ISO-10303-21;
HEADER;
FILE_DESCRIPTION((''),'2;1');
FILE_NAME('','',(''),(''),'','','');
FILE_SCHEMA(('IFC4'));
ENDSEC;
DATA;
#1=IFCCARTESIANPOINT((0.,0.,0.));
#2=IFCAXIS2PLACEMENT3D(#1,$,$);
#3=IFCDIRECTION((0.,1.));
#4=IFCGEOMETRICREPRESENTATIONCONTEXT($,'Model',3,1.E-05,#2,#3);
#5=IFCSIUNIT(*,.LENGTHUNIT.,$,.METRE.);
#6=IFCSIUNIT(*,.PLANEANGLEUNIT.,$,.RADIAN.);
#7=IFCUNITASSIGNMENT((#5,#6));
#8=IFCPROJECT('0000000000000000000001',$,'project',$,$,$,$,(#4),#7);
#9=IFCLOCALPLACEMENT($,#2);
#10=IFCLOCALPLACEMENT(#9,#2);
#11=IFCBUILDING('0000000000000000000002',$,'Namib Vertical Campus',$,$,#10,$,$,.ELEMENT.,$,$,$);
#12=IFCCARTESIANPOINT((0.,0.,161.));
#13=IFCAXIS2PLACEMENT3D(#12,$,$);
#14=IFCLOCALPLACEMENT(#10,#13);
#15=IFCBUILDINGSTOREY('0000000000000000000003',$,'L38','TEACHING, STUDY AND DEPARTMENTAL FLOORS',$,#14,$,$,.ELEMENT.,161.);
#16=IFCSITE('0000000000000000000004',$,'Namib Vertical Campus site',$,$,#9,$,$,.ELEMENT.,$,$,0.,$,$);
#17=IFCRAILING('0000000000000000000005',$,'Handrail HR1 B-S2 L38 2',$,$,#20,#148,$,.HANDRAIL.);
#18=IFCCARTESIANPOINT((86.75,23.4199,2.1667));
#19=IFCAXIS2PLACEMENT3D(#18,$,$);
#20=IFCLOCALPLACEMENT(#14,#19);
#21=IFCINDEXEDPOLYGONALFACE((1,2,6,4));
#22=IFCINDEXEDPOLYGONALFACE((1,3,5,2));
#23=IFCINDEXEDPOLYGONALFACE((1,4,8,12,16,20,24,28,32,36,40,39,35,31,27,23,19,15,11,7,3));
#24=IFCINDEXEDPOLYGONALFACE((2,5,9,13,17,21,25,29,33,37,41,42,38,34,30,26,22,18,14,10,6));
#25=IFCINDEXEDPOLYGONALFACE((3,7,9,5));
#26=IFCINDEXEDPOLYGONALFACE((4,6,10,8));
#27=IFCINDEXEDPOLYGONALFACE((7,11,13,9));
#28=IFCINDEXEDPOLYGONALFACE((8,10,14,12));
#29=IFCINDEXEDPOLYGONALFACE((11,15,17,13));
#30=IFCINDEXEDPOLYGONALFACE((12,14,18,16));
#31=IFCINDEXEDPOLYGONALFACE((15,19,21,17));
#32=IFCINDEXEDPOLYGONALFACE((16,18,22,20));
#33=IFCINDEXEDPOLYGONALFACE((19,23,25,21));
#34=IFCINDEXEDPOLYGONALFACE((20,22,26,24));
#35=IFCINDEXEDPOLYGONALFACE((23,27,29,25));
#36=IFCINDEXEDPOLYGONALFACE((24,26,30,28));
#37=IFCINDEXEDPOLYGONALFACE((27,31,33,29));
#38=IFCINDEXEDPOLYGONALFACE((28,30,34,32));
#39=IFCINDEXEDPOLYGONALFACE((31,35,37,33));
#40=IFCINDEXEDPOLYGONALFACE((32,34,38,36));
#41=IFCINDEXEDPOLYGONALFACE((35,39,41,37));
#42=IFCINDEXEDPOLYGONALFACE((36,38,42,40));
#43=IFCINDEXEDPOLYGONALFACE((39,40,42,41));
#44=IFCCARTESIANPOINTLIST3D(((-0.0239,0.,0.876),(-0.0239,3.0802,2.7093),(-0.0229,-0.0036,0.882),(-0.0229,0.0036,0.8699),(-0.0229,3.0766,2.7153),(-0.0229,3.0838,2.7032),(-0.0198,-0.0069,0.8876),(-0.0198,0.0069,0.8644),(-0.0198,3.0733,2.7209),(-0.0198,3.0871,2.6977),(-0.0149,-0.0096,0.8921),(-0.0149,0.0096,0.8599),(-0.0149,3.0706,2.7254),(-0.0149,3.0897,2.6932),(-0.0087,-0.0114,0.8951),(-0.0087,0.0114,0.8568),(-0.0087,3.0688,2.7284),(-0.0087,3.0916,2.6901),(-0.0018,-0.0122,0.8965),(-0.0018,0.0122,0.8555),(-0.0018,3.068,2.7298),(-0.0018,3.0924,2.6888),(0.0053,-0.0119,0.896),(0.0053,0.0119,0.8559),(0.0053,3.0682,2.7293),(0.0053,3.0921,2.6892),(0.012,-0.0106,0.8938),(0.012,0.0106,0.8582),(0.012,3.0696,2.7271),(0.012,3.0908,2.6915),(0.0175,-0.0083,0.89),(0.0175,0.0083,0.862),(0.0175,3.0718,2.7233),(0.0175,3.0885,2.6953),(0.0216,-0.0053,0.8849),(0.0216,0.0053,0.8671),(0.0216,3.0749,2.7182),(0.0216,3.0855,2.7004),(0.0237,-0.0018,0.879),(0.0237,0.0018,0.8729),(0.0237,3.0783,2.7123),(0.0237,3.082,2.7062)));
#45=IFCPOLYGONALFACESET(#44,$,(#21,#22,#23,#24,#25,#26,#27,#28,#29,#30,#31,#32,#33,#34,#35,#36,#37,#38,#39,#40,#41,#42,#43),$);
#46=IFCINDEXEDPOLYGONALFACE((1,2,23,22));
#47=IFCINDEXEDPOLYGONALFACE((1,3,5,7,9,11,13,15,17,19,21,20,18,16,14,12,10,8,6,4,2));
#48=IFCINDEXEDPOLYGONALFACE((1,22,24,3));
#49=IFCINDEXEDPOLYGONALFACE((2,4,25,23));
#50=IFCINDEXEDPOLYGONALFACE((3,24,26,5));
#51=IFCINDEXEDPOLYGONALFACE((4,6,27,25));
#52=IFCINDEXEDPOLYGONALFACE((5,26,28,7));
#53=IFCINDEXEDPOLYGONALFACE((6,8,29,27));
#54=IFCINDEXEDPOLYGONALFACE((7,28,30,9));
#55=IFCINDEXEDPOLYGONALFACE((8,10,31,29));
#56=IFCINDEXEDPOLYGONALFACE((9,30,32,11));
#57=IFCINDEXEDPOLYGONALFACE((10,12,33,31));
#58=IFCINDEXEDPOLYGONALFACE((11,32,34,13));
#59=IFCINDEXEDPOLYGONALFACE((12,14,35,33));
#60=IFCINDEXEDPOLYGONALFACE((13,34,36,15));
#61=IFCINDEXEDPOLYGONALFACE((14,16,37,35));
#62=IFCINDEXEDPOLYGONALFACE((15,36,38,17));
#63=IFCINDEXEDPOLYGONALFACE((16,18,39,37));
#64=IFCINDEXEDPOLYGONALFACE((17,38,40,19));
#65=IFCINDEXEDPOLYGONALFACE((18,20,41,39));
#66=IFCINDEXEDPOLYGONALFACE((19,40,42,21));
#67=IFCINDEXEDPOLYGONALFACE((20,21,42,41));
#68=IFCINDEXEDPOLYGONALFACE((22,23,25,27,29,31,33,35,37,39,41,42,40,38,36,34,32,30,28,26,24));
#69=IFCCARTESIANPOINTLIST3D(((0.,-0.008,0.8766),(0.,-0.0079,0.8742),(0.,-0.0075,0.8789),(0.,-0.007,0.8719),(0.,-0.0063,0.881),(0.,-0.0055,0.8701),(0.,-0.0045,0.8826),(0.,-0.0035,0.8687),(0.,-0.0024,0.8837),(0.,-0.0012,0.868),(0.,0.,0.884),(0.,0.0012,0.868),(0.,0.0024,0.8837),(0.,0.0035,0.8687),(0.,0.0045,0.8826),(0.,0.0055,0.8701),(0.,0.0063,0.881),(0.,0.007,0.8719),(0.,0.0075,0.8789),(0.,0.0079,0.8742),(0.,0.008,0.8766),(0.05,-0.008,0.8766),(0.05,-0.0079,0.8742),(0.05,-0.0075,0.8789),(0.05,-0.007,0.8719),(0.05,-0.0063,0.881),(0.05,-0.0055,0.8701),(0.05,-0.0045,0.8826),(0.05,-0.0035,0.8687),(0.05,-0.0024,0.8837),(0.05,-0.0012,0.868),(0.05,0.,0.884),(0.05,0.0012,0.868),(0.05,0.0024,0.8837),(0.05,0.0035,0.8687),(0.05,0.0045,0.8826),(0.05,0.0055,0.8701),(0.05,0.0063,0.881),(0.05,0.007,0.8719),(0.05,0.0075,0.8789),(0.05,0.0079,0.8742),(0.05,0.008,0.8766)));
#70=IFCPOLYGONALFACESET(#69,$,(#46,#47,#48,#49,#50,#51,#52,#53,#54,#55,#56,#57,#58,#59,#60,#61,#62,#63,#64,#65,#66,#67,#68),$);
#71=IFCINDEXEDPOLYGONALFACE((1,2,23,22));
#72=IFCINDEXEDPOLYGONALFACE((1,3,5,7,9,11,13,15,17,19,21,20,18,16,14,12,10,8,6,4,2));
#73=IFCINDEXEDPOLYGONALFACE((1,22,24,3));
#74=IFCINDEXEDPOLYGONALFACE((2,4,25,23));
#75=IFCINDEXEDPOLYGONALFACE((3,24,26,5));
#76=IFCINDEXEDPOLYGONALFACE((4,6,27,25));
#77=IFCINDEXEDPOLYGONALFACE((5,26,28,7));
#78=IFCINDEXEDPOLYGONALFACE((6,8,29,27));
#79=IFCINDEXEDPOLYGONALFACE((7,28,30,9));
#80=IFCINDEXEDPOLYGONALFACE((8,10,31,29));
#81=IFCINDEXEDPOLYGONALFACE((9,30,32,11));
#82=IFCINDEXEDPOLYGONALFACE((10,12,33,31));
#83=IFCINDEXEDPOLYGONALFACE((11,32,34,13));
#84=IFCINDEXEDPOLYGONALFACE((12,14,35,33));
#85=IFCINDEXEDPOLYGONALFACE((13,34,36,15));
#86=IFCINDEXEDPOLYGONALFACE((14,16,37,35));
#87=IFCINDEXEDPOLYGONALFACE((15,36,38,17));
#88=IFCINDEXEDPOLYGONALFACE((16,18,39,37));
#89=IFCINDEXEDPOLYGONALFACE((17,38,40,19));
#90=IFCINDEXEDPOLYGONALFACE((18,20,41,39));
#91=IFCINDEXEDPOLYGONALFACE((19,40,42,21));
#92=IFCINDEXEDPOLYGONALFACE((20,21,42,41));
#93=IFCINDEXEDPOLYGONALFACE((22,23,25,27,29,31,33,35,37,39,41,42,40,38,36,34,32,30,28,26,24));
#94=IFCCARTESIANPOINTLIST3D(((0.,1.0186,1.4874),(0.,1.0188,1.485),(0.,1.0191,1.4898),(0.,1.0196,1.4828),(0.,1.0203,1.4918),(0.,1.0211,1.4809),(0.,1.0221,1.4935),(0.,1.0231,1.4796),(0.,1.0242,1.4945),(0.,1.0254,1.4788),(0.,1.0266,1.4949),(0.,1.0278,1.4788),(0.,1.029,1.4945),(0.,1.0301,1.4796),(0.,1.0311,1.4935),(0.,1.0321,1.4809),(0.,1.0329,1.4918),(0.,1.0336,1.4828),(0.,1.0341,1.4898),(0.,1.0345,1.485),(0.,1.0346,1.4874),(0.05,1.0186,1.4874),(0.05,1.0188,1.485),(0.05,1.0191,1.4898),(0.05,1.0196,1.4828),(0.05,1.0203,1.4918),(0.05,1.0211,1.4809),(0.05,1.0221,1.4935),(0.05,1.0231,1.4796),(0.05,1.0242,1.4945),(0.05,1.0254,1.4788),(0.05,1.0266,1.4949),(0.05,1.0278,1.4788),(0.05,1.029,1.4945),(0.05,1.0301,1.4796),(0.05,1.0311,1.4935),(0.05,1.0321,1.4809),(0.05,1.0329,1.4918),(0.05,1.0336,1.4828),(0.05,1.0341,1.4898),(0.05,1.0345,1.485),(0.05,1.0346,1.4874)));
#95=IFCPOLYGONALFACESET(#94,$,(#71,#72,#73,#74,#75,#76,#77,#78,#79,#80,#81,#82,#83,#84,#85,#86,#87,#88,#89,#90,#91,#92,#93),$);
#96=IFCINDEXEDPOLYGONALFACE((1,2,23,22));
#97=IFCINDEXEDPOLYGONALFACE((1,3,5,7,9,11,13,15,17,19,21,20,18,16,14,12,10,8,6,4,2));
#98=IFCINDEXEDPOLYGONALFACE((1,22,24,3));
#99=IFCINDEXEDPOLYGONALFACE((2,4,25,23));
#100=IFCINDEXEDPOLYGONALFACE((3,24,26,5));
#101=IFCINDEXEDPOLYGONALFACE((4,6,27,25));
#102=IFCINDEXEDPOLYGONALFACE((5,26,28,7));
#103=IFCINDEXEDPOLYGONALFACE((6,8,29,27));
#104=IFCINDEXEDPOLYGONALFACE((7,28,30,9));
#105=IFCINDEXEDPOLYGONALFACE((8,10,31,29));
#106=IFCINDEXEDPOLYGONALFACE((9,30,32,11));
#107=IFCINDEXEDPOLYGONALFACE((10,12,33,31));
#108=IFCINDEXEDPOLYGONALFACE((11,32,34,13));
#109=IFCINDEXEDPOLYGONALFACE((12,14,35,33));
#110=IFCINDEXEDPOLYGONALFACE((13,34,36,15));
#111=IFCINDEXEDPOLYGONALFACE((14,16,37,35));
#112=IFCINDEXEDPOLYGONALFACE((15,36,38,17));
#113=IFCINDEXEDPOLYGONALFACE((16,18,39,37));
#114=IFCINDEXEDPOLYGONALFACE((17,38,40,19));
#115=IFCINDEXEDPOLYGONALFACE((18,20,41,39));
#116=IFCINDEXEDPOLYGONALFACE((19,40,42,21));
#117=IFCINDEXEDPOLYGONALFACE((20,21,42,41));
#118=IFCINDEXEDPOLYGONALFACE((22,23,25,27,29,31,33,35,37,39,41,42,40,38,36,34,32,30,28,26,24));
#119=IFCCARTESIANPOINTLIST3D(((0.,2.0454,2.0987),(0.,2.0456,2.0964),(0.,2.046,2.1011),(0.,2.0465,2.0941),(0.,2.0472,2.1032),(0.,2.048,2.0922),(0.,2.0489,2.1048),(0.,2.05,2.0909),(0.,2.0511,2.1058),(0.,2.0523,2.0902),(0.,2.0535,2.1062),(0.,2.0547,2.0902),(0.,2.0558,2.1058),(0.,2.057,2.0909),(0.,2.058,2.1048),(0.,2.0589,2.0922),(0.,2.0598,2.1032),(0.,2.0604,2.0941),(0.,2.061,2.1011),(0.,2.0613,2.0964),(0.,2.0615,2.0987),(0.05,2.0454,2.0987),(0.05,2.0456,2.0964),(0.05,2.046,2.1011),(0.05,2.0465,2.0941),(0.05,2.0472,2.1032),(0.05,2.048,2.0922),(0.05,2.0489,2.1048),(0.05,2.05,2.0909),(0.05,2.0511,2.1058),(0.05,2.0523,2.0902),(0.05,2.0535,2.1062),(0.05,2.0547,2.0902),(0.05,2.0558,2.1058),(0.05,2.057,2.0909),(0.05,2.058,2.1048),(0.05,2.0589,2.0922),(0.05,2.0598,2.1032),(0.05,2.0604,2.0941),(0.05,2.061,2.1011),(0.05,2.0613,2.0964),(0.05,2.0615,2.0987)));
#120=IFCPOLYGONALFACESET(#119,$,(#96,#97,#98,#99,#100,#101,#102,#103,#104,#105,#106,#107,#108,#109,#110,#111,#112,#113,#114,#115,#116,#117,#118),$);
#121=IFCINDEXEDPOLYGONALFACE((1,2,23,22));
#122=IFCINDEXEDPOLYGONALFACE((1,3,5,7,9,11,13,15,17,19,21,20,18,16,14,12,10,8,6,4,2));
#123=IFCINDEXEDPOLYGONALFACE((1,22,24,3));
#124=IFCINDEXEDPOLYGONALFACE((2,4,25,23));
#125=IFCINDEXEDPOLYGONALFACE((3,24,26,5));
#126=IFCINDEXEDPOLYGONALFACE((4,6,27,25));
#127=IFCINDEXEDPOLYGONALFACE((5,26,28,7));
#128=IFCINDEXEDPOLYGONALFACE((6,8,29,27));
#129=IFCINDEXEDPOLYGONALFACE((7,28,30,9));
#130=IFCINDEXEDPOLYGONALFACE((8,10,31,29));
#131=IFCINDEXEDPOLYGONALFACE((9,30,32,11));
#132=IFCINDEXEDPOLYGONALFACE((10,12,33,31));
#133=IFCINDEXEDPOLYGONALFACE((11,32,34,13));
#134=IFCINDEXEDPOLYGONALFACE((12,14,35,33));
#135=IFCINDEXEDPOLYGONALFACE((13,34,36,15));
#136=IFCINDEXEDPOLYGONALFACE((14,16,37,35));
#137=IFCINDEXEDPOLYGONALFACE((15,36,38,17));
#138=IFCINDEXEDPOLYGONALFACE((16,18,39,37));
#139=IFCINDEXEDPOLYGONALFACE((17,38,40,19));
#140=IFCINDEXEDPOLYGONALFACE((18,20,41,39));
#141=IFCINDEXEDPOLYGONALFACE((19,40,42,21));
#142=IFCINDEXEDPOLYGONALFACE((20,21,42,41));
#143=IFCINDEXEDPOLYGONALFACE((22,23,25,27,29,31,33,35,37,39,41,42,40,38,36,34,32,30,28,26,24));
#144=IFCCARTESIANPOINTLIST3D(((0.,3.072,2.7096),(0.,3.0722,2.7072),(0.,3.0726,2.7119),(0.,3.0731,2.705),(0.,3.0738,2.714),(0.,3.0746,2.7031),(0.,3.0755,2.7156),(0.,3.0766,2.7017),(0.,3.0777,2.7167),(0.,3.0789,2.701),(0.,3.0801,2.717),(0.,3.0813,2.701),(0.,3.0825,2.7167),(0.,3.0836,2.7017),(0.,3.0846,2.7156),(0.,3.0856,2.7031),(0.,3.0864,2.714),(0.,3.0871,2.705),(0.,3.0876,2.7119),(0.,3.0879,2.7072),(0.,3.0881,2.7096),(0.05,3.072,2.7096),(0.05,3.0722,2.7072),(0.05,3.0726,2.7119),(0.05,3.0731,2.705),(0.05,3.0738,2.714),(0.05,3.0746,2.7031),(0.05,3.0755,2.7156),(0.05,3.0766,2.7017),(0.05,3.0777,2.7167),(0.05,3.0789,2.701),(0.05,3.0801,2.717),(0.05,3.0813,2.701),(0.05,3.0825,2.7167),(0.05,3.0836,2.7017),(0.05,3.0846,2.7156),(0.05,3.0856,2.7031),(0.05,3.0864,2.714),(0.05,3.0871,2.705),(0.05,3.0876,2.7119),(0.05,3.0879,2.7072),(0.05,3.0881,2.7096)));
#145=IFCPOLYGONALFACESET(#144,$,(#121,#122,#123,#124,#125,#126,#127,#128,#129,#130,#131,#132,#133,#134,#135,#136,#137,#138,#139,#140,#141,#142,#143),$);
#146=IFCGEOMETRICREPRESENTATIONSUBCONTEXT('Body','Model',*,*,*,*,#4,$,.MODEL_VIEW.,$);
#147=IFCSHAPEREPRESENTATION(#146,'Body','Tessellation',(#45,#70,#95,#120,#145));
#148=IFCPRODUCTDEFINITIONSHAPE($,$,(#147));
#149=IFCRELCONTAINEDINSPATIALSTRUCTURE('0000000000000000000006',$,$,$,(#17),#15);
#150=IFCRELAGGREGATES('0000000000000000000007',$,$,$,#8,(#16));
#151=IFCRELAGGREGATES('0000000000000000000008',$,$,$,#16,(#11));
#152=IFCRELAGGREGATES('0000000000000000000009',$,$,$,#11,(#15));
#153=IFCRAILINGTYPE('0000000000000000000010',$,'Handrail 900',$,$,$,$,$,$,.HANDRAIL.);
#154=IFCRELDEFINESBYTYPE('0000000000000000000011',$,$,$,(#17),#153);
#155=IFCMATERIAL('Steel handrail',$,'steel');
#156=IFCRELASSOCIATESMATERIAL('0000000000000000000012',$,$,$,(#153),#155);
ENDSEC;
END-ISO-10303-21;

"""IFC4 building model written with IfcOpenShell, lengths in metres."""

from ifc_helpers import new_model, si_unit, direction, frame, origin, origin_2d, place, context, subcontext, project, spatial, circle, extrude, material, type_object, element, save


model = new_model("IFC4")

# Units and contexts
model_context = context("Model", 3, precision=1e-05, world=origin(), true_north=direction((0.0, 1.0)))
body_context = subcontext(model_context, "Body", "Model", "MODEL_VIEW")
ifc_project = project(units=[si_unit("LENGTHUNIT", "METRE"), si_unit("PLANEANGLEUNIT", "RADIAN")], contexts=[model_context])

# Site, building, storey
site_placement = place(None, origin())
site = spatial("IfcSite", under=ifc_project, at=site_placement, Name="Namib Vertical Campus site", CompositionType="ELEMENT", RefElevation=0.0)
building_placement = place(site_placement, origin())
building = spatial("IfcBuilding", under=site, at=building_placement, Name="Namib Vertical Campus", CompositionType="ELEMENT")
storey_placement = place(building_placement, frame((0.0, 0.0, 161.0)))
storey = spatial("IfcBuildingStorey", under=building, at=storey_placement, Name="L38", Description="TEACHING, STUDY AND DEPARTMENTAL FLOORS", CompositionType="ELEMENT", Elevation=161.0)

# Railing
ifc_material_1 = material(Name="Steel handrail", Category="steel")
railing_type_1 = type_object("IfcRailingType", Name="Handrail 900", PredefinedType="HANDRAIL", material=ifc_material_1)
railing_1_placement = place(storey_placement, frame((86.75, 23.4199, 2.1667)))
element("IfcRailing", 1, at=railing_1_placement, inside=storey, type_object=railing_type_1, Name="Handrail HR1 B-S2 L38 2", PredefinedType="HANDRAIL", context=body_context, shape_type="SweptSolid", body=[
    extrude(circle(Radius=0.0239, at=origin_2d()), frame((0.0, 0.0, 0.876), z_axis=(0.0, 0.859309, 0.511458), x_axis=(-1.0, 0.0, 0.0)), (0.0, 0.0, 1.0), 3.5845),
    extrude(circle(Radius=0.0081, at=origin_2d()), frame((0.0, 0.0, 0.876), z_axis=(1.0, 0.0, 0.0), x_axis=(0.0, 0.0, 1.0)), (0.0, 0.0, 1.0), 0.05),
    extrude(circle(Radius=0.0081, at=origin_2d()), frame((0.0, 1.0266, 1.4868), z_axis=(1.0, 0.0, 0.0), x_axis=(0.0, 0.0, 1.0)), (0.0, 0.0, 1.0), 0.05),
    extrude(circle(Radius=0.0081, at=origin_2d()), frame((0.0, 2.0535, 2.0981), z_axis=(1.0, 0.0, 0.0), x_axis=(0.0, 0.0, 1.0)), (0.0, 0.0, 1.0), 0.05),
    extrude(circle(Radius=0.0081, at=origin_2d()), frame((0.0, 3.0801, 2.709), z_axis=(1.0, 0.0, 0.0), x_axis=(0.0, 0.0, 1.0)), (0.0, 0.0, 1.0), 0.05),
])

save(model, "model.ifc")
